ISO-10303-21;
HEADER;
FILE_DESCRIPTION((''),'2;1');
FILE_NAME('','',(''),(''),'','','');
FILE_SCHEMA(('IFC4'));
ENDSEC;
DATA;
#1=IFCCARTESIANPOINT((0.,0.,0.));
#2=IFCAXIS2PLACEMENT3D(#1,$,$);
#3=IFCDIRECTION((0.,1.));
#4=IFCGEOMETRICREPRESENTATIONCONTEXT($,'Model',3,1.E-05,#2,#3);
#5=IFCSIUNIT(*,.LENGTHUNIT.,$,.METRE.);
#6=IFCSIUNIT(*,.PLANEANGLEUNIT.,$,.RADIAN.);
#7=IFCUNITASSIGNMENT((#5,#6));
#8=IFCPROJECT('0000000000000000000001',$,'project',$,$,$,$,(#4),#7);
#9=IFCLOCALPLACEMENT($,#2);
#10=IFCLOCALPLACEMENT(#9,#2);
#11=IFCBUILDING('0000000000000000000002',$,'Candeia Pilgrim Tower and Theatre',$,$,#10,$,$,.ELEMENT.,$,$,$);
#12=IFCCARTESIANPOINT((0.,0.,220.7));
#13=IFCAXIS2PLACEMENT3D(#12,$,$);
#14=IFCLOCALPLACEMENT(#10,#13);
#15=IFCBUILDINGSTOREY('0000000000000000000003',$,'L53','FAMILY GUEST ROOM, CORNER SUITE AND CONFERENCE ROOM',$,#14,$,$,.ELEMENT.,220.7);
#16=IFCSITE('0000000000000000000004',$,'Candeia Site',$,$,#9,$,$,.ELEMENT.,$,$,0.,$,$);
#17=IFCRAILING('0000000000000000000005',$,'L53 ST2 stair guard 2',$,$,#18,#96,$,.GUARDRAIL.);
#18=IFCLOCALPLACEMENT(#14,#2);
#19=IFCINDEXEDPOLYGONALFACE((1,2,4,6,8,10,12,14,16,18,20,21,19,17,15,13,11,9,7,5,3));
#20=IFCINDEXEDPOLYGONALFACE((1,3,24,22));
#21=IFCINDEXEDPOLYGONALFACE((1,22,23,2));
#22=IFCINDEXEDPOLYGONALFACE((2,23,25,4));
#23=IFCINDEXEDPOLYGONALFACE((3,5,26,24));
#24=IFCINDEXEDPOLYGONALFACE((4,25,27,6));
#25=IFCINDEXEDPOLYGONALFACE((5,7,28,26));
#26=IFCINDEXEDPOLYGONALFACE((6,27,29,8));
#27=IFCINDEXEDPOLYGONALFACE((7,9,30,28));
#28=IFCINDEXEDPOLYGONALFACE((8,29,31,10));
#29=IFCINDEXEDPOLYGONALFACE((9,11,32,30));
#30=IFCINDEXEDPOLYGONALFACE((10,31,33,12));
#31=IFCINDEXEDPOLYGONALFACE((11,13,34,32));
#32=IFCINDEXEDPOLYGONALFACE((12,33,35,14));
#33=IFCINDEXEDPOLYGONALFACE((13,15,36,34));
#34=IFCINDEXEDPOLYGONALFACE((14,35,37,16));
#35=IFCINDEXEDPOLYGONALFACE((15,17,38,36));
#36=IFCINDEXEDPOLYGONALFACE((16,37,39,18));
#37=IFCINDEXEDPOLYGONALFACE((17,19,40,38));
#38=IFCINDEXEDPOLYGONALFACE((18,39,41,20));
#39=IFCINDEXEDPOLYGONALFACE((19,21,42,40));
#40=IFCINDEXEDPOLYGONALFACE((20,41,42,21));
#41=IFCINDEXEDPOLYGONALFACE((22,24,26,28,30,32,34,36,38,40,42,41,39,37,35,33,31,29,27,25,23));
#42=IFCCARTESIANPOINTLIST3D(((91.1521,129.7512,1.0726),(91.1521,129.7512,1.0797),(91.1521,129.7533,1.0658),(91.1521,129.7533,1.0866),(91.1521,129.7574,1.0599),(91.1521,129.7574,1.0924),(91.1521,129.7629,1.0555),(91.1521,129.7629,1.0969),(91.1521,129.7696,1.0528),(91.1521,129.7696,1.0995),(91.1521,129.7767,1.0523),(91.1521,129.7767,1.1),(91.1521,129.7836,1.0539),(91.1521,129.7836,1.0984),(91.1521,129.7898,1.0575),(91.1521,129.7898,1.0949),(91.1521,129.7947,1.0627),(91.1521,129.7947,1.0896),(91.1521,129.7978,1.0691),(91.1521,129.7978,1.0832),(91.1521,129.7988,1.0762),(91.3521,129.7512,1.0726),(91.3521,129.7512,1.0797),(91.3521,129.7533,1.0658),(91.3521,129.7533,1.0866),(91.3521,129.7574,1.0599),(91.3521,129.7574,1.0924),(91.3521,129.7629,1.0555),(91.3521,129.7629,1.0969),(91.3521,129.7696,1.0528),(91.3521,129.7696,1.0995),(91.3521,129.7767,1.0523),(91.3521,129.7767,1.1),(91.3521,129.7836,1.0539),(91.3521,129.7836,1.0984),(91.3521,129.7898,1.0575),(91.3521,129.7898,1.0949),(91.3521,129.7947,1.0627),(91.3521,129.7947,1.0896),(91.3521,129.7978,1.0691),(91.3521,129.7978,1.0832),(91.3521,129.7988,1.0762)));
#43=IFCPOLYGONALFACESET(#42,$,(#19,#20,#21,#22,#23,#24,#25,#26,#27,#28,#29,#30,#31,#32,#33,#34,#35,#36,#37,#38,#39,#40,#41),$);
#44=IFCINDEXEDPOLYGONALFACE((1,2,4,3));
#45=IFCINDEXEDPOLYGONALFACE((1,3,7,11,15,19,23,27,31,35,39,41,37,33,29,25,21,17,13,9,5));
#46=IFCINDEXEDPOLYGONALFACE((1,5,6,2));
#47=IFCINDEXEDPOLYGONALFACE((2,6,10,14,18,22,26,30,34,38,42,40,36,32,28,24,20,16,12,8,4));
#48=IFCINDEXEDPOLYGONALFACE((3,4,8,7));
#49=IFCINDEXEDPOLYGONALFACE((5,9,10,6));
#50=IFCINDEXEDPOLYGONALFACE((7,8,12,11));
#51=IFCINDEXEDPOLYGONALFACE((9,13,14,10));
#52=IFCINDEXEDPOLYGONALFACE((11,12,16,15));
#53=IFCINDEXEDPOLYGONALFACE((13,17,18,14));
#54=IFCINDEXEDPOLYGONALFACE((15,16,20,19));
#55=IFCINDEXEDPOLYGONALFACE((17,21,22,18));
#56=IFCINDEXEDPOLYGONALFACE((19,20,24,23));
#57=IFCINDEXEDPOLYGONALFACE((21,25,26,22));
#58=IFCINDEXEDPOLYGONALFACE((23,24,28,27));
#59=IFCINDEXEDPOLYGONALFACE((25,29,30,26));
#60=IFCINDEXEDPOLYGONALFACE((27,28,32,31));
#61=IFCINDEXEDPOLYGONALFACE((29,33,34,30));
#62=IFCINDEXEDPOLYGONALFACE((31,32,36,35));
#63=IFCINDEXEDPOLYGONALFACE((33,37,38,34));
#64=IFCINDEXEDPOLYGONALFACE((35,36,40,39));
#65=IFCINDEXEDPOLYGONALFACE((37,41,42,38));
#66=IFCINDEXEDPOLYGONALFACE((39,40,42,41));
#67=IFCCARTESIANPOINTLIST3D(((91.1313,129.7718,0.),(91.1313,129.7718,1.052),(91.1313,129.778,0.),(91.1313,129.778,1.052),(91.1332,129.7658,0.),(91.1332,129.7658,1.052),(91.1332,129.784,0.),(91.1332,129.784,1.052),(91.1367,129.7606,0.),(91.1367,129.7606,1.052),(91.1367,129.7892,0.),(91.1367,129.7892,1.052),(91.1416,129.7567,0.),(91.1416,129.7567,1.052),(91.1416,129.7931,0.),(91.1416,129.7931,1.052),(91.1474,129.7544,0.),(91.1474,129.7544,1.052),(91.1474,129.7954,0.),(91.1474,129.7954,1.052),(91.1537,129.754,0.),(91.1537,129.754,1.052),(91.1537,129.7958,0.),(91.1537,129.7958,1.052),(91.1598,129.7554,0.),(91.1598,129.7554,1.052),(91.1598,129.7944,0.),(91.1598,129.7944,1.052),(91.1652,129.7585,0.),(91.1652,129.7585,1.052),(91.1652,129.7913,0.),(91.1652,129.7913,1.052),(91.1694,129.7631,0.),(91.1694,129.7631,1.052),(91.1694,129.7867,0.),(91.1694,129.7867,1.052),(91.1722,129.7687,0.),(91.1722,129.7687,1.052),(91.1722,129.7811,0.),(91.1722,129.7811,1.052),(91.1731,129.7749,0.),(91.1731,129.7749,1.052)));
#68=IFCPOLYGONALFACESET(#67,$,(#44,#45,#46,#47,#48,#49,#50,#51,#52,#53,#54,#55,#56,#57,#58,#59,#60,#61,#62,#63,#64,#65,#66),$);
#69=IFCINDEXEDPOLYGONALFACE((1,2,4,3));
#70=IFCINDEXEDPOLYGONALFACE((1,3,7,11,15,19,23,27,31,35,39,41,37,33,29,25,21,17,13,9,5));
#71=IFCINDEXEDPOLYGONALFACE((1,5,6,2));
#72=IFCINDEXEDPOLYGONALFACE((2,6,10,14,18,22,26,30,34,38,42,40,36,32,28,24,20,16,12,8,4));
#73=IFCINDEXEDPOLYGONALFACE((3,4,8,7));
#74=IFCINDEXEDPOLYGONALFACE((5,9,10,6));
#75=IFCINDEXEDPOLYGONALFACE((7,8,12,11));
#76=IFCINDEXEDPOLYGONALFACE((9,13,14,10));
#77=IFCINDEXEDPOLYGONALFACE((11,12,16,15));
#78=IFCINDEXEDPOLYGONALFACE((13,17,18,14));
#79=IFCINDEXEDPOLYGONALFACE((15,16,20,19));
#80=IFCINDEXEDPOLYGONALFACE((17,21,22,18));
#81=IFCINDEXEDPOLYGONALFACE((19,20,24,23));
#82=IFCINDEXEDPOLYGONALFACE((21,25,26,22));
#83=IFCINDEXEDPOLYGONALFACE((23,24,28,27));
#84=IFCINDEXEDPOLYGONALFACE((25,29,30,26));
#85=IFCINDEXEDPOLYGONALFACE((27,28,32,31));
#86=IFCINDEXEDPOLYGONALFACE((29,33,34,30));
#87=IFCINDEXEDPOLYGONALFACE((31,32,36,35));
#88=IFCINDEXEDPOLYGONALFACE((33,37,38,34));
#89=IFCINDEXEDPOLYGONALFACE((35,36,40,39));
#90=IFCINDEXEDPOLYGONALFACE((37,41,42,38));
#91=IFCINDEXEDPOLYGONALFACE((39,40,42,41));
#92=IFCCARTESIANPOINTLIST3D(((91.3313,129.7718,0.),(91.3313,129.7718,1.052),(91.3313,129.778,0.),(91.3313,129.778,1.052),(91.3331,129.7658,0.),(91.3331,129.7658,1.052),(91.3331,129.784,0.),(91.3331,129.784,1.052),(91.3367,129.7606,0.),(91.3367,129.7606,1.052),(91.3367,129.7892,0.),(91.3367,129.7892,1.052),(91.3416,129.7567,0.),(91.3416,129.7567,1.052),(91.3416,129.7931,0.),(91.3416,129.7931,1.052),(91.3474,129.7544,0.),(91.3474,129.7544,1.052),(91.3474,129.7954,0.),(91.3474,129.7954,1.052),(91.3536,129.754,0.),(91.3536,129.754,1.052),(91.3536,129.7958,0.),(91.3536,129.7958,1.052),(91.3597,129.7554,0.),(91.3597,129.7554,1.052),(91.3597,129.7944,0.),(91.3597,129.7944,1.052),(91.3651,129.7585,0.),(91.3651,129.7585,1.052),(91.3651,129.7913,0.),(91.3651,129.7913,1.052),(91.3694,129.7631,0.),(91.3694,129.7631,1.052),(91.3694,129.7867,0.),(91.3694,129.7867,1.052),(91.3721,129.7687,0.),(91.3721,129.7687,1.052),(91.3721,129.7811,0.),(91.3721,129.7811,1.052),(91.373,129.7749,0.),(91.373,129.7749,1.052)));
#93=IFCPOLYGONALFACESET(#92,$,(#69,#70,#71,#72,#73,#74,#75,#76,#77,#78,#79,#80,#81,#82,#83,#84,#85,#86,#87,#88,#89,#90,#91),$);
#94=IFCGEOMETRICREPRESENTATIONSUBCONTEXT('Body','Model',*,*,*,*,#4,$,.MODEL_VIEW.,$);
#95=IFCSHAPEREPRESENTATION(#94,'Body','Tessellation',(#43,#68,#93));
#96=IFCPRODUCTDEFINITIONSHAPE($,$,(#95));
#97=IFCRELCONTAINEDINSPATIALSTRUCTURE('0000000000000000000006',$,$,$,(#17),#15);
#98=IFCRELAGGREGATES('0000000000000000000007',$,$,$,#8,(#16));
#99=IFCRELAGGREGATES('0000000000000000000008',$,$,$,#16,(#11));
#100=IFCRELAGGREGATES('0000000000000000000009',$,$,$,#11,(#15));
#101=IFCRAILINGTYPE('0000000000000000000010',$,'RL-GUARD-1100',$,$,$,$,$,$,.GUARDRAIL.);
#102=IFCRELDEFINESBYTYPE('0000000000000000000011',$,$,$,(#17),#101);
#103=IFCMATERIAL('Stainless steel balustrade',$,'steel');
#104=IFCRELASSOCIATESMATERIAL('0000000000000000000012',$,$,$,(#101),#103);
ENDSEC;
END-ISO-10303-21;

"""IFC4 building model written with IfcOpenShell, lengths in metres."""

from ifc_helpers import new_model, si_unit, direction, frame, origin, origin_2d, place, context, subcontext, project, spatial, circle, extrude, material, type_object, element, save


model = new_model("IFC4")

# Units and contexts
model_context = context("Model", 3, precision=1e-05, world=origin(), true_north=direction((0.0, 1.0)))
body_context = subcontext(model_context, "Body", "Model", "MODEL_VIEW")
ifc_project = project(units=[si_unit("LENGTHUNIT", "METRE"), si_unit("PLANEANGLEUNIT", "RADIAN")], contexts=[model_context])

# Site, building, storey
site_placement = place(None, origin())
site = spatial("IfcSite", under=ifc_project, at=site_placement, Name="Candeia Site", CompositionType="ELEMENT", RefElevation=0.0)
building_placement = place(site_placement, origin())
building = spatial("IfcBuilding", under=site, at=building_placement, Name="Candeia Pilgrim Tower and Theatre", CompositionType="ELEMENT")
storey_placement = place(building_placement, frame((0.0, 0.0, 220.7)))
storey = spatial("IfcBuildingStorey", under=building, at=storey_placement, Name="L53", Description="FAMILY GUEST ROOM, CORNER SUITE AND CONFERENCE ROOM", CompositionType="ELEMENT", Elevation=220.7)

# Shared definitions
ifc_material_1 = material(Name="Stainless steel balustrade", Category="steel")

# Railing
railing_type_1 = type_object("IfcRailingType", Name="RL-GUARD-1100", PredefinedType="GUARDRAIL", material=ifc_material_1)
railing_1_placement = place(storey_placement, frame((91.1521, 129.7749, 0.0)))
element("IfcRailing", 1, at=railing_1_placement, inside=storey, type_object=railing_type_1, Name="L53 ST2 stair guard 2", PredefinedType="GUARDRAIL", context=body_context, shape_type="SweptSolid", body=[
    extrude(circle(Radius=0.0239, at=origin_2d()), frame((0.0, 0.0, 1.0762), z_axis=(1.0, 0.0, 0.0), x_axis=(0.0, 1.0, 0.0)), (0.0, 0.0, 1.0), 0.2),
    extrude(circle(Radius=0.021, at=origin_2d()), origin(), (0.0, 0.0, 1.0), 1.052),
    extrude(circle(Radius=0.021, at=origin_2d()), frame((0.2, 0.0, 0.0)), (0.0, 0.0, 1.0), 1.052),
])

save(model, "model.ifc")
